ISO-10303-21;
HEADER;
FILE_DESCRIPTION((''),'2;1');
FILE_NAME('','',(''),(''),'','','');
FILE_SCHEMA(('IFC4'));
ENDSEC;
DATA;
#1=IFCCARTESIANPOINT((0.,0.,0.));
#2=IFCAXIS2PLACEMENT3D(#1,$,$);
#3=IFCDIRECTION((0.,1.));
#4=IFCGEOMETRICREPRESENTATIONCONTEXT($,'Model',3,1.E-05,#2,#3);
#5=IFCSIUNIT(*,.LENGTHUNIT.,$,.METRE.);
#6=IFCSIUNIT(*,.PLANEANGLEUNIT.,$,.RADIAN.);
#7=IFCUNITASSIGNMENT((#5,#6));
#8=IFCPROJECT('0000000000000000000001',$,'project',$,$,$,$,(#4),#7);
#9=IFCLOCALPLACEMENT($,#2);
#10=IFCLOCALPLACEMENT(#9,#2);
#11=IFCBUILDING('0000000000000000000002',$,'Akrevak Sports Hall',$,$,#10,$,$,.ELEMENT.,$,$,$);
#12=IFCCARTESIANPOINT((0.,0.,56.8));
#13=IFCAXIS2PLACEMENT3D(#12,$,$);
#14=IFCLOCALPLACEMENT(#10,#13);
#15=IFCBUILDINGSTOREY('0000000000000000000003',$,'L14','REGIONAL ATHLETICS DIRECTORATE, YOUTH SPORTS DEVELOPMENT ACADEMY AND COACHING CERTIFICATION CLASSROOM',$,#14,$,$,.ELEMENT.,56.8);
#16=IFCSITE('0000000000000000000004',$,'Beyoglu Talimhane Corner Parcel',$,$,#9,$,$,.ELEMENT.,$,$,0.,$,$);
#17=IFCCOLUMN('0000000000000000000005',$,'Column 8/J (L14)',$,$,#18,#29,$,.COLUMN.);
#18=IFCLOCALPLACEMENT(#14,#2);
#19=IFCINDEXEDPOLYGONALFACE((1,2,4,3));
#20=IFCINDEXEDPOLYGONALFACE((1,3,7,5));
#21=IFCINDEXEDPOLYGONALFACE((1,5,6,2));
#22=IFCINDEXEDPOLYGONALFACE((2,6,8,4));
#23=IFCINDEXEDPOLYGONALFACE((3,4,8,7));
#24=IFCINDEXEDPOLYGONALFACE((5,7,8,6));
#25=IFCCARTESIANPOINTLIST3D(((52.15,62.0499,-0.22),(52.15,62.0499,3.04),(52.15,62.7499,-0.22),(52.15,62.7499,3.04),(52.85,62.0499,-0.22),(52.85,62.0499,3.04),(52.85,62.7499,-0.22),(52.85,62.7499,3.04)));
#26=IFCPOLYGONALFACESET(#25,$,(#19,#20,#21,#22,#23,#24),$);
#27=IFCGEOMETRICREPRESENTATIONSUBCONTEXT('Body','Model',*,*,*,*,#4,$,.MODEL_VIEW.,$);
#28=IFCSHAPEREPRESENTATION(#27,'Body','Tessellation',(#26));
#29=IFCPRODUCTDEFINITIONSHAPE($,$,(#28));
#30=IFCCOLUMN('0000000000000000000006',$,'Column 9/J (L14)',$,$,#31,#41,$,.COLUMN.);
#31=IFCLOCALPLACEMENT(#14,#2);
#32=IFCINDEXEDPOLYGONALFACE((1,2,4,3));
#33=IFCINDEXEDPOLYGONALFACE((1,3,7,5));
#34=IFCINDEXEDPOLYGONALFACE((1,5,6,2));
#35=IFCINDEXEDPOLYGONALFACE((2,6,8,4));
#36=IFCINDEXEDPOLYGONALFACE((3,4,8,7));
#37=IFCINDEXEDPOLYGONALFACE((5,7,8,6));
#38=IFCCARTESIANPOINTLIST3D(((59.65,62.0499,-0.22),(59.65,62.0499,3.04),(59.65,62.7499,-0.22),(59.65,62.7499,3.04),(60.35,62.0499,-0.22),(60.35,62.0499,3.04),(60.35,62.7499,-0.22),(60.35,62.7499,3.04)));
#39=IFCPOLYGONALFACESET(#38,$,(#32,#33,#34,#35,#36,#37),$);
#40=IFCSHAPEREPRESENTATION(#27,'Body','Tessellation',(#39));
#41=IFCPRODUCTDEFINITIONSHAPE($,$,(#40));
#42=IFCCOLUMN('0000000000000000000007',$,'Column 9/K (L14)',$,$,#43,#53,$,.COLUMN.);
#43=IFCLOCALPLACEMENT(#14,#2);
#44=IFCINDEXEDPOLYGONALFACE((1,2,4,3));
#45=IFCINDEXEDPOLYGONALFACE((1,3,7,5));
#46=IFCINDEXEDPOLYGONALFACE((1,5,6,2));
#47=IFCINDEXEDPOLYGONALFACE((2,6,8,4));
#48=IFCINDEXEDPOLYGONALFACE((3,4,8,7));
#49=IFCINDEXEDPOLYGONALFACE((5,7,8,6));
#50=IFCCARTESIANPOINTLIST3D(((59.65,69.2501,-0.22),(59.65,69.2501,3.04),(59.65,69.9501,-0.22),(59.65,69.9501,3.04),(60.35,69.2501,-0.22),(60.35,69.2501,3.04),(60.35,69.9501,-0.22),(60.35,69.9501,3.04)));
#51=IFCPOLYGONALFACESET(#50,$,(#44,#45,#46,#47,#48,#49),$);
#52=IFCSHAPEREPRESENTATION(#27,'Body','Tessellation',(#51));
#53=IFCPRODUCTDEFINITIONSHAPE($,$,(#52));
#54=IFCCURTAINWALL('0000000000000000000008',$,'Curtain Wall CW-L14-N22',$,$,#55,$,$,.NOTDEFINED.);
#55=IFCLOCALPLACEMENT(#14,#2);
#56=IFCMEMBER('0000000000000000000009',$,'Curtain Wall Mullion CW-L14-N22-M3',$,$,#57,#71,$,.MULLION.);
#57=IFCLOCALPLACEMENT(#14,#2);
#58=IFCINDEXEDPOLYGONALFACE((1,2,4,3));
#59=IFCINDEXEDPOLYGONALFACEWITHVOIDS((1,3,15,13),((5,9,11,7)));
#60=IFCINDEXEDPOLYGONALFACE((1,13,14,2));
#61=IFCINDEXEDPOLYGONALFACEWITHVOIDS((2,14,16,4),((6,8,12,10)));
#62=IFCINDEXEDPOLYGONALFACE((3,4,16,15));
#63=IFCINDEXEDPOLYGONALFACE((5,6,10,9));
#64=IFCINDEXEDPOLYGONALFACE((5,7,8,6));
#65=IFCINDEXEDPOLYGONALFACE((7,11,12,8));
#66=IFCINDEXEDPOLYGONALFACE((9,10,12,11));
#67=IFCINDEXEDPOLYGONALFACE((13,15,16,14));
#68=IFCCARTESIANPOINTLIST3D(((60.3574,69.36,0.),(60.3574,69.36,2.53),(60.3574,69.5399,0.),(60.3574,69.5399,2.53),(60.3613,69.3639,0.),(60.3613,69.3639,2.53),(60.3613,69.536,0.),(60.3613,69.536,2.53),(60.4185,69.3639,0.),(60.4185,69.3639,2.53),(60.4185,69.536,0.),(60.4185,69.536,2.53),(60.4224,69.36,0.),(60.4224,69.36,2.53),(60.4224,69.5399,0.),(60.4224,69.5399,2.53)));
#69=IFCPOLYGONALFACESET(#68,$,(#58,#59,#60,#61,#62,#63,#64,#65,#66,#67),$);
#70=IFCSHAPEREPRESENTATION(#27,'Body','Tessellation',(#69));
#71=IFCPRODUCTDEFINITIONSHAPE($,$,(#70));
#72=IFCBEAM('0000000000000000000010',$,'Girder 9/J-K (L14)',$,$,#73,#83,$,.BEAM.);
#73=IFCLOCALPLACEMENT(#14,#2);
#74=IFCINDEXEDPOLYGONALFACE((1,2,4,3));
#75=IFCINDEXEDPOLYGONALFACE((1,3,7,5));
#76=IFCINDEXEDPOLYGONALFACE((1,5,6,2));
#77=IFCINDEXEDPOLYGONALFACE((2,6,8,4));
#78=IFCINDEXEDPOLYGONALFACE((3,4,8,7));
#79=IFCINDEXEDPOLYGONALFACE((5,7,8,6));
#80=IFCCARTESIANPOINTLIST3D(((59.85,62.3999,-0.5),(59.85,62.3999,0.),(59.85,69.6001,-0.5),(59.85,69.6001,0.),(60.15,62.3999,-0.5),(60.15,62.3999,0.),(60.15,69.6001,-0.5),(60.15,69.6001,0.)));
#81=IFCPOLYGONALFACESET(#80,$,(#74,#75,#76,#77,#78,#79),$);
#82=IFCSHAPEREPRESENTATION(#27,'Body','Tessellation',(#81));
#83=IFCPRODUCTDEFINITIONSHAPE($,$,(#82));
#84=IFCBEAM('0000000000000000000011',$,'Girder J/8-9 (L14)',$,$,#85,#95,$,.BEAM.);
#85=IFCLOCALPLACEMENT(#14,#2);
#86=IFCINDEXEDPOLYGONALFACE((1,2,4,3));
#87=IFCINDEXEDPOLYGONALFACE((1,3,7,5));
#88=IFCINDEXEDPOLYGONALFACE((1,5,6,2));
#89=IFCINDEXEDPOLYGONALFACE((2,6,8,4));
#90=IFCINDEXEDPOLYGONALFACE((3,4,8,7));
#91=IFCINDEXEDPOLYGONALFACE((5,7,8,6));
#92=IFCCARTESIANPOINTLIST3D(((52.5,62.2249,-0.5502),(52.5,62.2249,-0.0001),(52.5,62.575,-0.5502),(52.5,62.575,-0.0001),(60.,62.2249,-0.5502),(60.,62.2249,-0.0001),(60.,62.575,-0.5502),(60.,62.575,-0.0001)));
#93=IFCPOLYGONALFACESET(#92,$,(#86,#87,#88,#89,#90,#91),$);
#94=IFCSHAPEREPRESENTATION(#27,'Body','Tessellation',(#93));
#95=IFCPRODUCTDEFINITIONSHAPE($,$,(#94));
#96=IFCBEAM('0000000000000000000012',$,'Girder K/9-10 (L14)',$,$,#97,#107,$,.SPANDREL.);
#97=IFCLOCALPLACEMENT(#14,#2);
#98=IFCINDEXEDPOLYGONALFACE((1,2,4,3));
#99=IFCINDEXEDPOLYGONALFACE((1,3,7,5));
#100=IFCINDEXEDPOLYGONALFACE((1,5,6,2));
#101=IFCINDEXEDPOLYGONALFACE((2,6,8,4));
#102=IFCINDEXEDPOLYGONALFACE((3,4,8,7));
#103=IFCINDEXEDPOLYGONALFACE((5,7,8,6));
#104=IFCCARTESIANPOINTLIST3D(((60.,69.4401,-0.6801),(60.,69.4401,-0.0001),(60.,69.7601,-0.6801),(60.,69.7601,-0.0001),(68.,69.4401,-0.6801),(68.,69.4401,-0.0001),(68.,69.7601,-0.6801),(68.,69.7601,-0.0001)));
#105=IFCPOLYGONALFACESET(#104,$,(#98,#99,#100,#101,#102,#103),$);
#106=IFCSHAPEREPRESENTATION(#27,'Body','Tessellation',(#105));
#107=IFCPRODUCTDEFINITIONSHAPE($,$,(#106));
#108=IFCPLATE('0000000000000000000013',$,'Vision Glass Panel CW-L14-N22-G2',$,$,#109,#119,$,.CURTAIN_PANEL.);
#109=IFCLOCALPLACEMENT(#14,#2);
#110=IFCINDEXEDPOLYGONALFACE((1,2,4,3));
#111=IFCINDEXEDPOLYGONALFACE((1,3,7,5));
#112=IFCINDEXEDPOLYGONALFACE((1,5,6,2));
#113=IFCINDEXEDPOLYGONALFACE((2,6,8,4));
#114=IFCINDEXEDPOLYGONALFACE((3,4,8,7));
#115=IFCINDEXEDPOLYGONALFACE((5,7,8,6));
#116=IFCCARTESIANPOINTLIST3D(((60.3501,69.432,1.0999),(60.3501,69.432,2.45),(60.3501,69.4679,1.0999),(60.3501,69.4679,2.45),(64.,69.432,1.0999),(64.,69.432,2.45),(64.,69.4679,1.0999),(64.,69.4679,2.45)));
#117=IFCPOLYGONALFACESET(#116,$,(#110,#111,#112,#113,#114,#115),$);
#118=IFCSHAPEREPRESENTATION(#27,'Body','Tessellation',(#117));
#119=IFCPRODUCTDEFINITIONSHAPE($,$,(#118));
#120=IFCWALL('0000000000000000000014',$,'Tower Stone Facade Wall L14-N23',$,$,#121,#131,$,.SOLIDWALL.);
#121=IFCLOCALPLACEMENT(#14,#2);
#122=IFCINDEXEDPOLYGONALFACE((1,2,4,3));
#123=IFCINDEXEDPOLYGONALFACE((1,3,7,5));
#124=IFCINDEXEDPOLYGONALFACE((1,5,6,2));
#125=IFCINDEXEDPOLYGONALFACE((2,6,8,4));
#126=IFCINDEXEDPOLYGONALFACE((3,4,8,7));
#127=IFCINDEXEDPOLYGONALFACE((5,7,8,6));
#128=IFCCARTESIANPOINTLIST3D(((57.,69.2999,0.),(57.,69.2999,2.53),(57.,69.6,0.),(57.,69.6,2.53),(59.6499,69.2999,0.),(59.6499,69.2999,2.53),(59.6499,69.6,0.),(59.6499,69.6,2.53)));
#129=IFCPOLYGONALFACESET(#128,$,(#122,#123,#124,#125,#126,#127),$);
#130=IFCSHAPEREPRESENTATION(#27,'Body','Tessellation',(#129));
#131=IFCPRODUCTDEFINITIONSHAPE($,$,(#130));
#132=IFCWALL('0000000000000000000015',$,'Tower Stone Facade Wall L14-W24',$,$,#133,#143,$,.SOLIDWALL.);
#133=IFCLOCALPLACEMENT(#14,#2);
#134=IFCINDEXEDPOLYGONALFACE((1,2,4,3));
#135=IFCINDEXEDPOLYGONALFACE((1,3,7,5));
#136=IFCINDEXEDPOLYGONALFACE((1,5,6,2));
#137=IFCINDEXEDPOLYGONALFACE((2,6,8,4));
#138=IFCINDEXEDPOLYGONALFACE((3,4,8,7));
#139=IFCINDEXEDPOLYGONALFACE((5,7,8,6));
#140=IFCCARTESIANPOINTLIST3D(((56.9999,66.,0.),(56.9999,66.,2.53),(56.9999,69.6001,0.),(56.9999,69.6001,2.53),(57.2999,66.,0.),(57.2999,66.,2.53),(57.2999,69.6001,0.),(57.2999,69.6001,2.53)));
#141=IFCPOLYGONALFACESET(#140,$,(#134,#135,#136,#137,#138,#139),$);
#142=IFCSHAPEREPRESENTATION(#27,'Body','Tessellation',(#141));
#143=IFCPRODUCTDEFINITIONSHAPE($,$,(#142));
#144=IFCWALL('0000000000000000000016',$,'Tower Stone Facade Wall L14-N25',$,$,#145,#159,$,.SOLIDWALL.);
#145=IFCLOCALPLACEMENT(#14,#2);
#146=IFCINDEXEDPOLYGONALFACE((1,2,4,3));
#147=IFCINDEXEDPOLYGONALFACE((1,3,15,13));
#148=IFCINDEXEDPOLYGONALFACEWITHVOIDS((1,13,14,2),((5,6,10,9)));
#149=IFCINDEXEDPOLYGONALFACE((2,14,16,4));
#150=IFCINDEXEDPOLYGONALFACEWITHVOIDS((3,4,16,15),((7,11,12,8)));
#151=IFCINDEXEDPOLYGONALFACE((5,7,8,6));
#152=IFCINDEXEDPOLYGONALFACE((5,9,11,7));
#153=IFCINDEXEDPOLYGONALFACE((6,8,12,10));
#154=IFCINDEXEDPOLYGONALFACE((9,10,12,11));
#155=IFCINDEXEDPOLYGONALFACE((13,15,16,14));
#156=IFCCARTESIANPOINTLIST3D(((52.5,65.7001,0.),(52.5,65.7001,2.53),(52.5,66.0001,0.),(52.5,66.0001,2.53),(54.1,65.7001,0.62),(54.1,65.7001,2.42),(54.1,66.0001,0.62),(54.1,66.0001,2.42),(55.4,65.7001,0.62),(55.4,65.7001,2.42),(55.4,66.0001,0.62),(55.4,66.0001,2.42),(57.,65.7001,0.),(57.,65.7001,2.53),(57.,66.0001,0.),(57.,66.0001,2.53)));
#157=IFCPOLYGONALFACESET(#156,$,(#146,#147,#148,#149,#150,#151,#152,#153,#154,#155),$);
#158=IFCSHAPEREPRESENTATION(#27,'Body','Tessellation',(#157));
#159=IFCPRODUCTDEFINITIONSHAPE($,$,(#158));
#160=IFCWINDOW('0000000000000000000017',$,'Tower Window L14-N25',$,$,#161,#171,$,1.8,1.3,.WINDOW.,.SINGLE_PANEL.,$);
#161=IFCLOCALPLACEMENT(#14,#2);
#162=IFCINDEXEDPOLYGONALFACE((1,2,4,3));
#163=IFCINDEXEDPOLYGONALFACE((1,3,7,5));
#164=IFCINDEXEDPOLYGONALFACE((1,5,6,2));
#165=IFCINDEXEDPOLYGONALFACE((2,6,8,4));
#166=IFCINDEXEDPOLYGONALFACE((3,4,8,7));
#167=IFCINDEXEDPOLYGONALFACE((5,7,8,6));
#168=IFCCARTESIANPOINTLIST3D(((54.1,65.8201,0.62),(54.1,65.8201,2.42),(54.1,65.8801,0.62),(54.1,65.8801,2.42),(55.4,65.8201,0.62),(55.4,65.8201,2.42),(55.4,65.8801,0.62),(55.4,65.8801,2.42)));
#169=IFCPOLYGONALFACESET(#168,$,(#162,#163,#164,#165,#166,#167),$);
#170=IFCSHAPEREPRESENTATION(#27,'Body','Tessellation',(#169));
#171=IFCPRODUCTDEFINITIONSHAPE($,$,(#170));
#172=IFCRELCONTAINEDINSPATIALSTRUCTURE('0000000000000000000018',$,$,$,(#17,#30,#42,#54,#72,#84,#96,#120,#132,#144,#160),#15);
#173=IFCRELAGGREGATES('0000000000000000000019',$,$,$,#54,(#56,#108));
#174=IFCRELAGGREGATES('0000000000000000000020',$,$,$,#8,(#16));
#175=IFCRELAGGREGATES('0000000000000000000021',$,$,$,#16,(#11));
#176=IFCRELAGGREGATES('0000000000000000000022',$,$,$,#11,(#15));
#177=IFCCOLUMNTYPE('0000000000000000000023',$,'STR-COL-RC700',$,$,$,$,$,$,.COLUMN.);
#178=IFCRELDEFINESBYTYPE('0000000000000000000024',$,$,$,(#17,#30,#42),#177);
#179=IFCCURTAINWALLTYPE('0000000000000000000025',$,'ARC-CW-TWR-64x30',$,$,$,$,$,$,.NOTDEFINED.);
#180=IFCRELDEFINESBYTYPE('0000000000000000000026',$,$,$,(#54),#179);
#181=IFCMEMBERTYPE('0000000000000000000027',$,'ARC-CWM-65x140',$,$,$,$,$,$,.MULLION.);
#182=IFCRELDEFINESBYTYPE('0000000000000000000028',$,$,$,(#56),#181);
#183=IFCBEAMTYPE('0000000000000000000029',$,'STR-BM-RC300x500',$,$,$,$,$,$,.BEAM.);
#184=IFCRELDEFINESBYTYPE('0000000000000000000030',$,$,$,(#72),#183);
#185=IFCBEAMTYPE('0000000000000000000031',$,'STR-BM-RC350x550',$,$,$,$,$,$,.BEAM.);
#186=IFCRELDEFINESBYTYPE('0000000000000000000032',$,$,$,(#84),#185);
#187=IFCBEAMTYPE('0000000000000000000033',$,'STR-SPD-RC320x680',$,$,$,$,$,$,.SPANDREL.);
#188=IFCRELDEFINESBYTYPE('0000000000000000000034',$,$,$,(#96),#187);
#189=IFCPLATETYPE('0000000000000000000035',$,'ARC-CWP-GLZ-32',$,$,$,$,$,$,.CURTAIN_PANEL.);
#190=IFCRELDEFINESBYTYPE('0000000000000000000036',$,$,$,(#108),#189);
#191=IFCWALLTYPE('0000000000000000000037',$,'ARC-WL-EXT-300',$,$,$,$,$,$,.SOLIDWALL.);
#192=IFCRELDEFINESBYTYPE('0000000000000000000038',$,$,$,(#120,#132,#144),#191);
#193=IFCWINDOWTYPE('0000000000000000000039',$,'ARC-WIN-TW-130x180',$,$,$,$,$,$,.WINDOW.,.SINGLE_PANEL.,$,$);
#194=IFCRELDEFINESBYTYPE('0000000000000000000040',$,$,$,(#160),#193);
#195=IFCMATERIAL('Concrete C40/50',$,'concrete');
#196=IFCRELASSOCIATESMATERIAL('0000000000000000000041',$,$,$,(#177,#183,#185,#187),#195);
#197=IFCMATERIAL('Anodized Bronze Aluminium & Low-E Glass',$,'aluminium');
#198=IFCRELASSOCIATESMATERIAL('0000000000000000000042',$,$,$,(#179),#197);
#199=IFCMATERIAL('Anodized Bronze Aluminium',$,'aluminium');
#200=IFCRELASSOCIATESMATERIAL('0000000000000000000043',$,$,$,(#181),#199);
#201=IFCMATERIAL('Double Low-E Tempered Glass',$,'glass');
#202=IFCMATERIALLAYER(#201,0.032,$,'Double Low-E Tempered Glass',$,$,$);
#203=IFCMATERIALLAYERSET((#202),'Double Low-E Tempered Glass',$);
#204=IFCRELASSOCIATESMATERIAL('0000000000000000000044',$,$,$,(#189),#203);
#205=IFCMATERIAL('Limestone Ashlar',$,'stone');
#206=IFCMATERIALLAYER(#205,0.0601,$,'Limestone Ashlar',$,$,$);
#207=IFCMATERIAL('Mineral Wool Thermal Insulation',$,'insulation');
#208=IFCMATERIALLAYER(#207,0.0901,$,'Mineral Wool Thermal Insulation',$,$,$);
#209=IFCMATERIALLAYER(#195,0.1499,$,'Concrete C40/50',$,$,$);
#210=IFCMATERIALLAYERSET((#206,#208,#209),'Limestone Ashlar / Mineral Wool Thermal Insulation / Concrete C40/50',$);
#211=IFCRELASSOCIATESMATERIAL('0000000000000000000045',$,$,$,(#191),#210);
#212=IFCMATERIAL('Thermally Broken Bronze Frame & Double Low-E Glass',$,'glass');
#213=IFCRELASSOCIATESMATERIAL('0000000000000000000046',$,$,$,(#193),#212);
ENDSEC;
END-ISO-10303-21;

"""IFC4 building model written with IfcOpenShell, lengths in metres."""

from ifc_helpers import new_model, si_unit, direction, frame, frame_2d, origin, origin_2d, place, context, subcontext, project, spatial, rectangle, hollow_rectangle, extrude, material, layer, layer_set, material_profile, profile_set, type_object, element, fill, aggregate, save


model = new_model("IFC4")

# Units and contexts
model_context = context("Model", 3, precision=1e-05, world=origin(), true_north=direction((0.0, 1.0)))
body_context = subcontext(model_context, "Body", "Model", "MODEL_VIEW")
ifc_project = project(units=[si_unit("LENGTHUNIT", "METRE"), si_unit("PLANEANGLEUNIT", "RADIAN")], contexts=[model_context])

# Site, building, storey
site_placement = place(None, origin())
site = spatial("IfcSite", under=ifc_project, at=site_placement, Name="Beyoglu Talimhane Corner Parcel", CompositionType="ELEMENT", RefElevation=0.0)
building_placement = place(site_placement, origin())
building = spatial("IfcBuilding", under=site, at=building_placement, Name="Akrevak Sports Hall", CompositionType="ELEMENT")
storey_placement = place(building_placement, frame((0.0, 0.0, 56.8)))
storey = spatial("IfcBuildingStorey", under=building, at=storey_placement, Name="L14", Description="REGIONAL ATHLETICS DIRECTORATE, YOUTH SPORTS DEVELOPMENT ACADEMY AND COACHING CERTIFICATION CLASSROOM", CompositionType="ELEMENT", Elevation=56.8)

# Columns
ifc_material_1 = material(Name="Concrete C40/50", Category="concrete")
ifc_material_profile_1 = material_profile(ifc_material_1, rectangle(XDim=0.7, YDim=0.7, at=origin_2d()), Name="RC 700x700", Category="concrete")
ifc_profile_set_1 = profile_set([ifc_material_profile_1], Name="Concrete C40/50")
column_type = type_object("IfcColumnType", Name="STR-COL-RC700", PredefinedType="COLUMN", material=ifc_profile_set_1)
for number, where, z_axis, x_axis, name in (
    (1, (52.5, 62.3999, -0.22), (0.0, 0.0, 1.0), (1.0, 0.0, 0.0), "Column 8/J (L14)"),
    (2, (60.0, 62.3999, -0.22), (0.0, 0.0, 1.0), (1.0, 0.0, 0.0), "Column 9/J (L14)"),
    (3, (60.0, 69.6001, -0.22), (0.0, 0.0, 1.0), (1.0, 0.0, 0.0), "Column 9/K (L14)"),
):
    element("IfcColumn", number, at=place(storey_placement, frame(where, z_axis=z_axis, x_axis=x_axis)), inside=storey, type_object=column_type, Name=name, PredefinedType="COLUMN", context=body_context, shape_type="SweptSolid", body=[
        extrude(rectangle(XDim=0.7, YDim=0.7, at=origin_2d()), origin(), (0.0, 0.0, 1.0), 3.26),
    ])

# Curtain wall, member
ifc_material_2 = material(Name="Anodized Bronze Aluminium & Low-E Glass", Category="aluminium")
curtain_wall_type = type_object("IfcCurtainWallType", Name="ARC-CW-TWR-64x30", PredefinedType="NOTDEFINED", material=ifc_material_2)
curtain_wall_placement = place(storey_placement, origin())
curtain_wall = element("IfcCurtainWall", 4, at=curtain_wall_placement, inside=storey, type_object=curtain_wall_type, Name="Curtain Wall CW-L14-N22", PredefinedType="NOTDEFINED")
ifc_material_3 = material(Name="Anodized Bronze Aluminium", Category="aluminium")
ifc_material_profile_2 = material_profile(ifc_material_3, hollow_rectangle(XDim=0.0649, YDim=0.1799, WallThickness=0.0039, at=origin_2d()), Name="CWM 65x180", Category="aluminium")
ifc_profile_set_2 = profile_set([ifc_material_profile_2], Name="Anodized Bronze Aluminium")
member_type = type_object("IfcMemberType", Name="ARC-CWM-65x140", PredefinedType="MULLION", material=ifc_profile_set_2)
member_placement = place(storey_placement, frame((60.3899, 69.45, 0.0), z_axis=(0.0, 0.0, 1.0), x_axis=(-1.0, 0.0, 0.0)))
member = element("IfcMember", 5, at=member_placement, type_object=member_type, Name="Curtain Wall Mullion CW-L14-N22-M3", PredefinedType="MULLION", context=body_context, shape_type="SweptSolid", body=[
    extrude(hollow_rectangle(XDim=0.0649, YDim=0.1799, WallThickness=0.0039, at=origin_2d()), origin(), (0.0, 0.0, 1.0), 2.53),
])

# Beams
ifc_material_profile_3 = material_profile(ifc_material_1, rectangle(XDim=0.3, YDim=0.5, at=origin_2d()), Name="BM 300x500", Category="concrete")
ifc_profile_set_3 = profile_set([ifc_material_profile_3], Name="Concrete C40/50")
beam_type_1 = type_object("IfcBeamType", Name="STR-BM-RC300x500", PredefinedType="BEAM", material=ifc_profile_set_3)
beam_1_placement = place(storey_placement, frame((60.0, 62.3999, -0.25), z_axis=(0.0, 1.0, 0.0), x_axis=(-1.0, 0.0, 0.0)))
element("IfcBeam", 6, at=beam_1_placement, inside=storey, type_object=beam_type_1, Name="Girder 9/J-K (L14)", PredefinedType="BEAM", context=body_context, shape_type="SweptSolid", body=[
    extrude(rectangle(XDim=0.3, YDim=0.5, at=origin_2d()), origin(), (0.0, 0.0, 1.0), 7.2002),
])
ifc_material_profile_4 = material_profile(ifc_material_1, rectangle(XDim=0.3501, YDim=0.55, at=origin_2d()), Name="BM 350x550", Category="concrete")
ifc_profile_set_4 = profile_set([ifc_material_profile_4], Name="Concrete C40/50")
beam_type_2 = type_object("IfcBeamType", Name="STR-BM-RC350x550", PredefinedType="BEAM", material=ifc_profile_set_4)
beam_2_placement = place(storey_placement, frame((52.5, 62.3999, -0.2751), z_axis=(1.0, 0.0, 0.0), x_axis=(0.0, 1.0, 0.0)))
element("IfcBeam", 7, at=beam_2_placement, inside=storey, type_object=beam_type_2, Name="Girder J/8-9 (L14)", PredefinedType="BEAM", context=body_context, shape_type="SweptSolid", body=[
    extrude(rectangle(XDim=0.3501, YDim=0.55, at=origin_2d()), origin(), (0.0, 0.0, 1.0), 7.5),
])
ifc_material_profile_5 = material_profile(ifc_material_1, rectangle(XDim=0.3201, YDim=0.6799, at=origin_2d()), Name="SPD 320x680", Category="concrete")
ifc_profile_set_5 = profile_set([ifc_material_profile_5], Name="Concrete C40/50")
beam_type_3 = type_object("IfcBeamType", Name="STR-SPD-RC320x680", PredefinedType="SPANDREL", material=ifc_profile_set_5)
beam_3_placement = place(storey_placement, frame((60.0, 69.6001, -0.3401), z_axis=(1.0, 0.0, 0.0), x_axis=(0.0, 1.0, 0.0)))
element("IfcBeam", 8, at=beam_3_placement, inside=storey, type_object=beam_type_3, Name="Girder K/9-10 (L14)", PredefinedType="SPANDREL", context=body_context, shape_type="SweptSolid", body=[
    extrude(rectangle(XDim=0.3201, YDim=0.6799, at=origin_2d()), origin(), (0.0, 0.0, 1.0), 8.0),
])

# Plate
ifc_material_4 = material(Name="Double Low-E Tempered Glass", Category="glass")
ifc_layer_1 = layer(ifc_material_4, 0.032, Name="Double Low-E Tempered Glass")
ifc_layer_set_1 = layer_set([ifc_layer_1], Name="Double Low-E Tempered Glass")
plate_type = type_object("IfcPlateType", Name="ARC-CWP-GLZ-32", PredefinedType="CURTAIN_PANEL", material=ifc_layer_set_1)
plate_placement = place(storey_placement, frame((62.175, 69.45, 1.0999), z_axis=(0.0, 0.0, 1.0), x_axis=(-1.0, 0.0, 0.0)))
plate = element("IfcPlate", 9, at=plate_placement, type_object=plate_type, Name="Vision Glass Panel CW-L14-N22-G2", PredefinedType="CURTAIN_PANEL", context=body_context, shape_type="SweptSolid", body=[
    extrude(rectangle(XDim=3.6499, YDim=0.0359, at=origin_2d()), origin(), (0.0, 0.0, 1.0), 1.3501),
])
aggregate(curtain_wall, [member, plate])

# Walls
ifc_material_5 = material(Name="Limestone Ashlar", Category="stone")
ifc_layer_2 = layer(ifc_material_5, 0.0601, Name="Limestone Ashlar")
ifc_material_6 = material(Name="Mineral Wool Thermal Insulation", Category="insulation")
ifc_layer_3 = layer(ifc_material_6, 0.0901, Name="Mineral Wool Thermal Insulation")
ifc_layer_4 = layer(ifc_material_1, 0.1499, Name="Concrete C40/50")
ifc_layer_set_2 = layer_set([ifc_layer_2, ifc_layer_3, ifc_layer_4], Name="Limestone Ashlar / Mineral Wool Thermal Insulation / Concrete C40/50")
wall_type_1 = type_object("IfcWallType", Name="ARC-WL-EXT-300", PredefinedType="SOLIDWALL", material=ifc_layer_set_2)
wall_1_placement = place(storey_placement, frame((59.6499, 69.45, 0.0), z_axis=(0.0, 0.0, 1.0), x_axis=(-1.0, 0.0, 0.0)))
element("IfcWall", 10, at=wall_1_placement, inside=storey, type_object=wall_type_1, Name="Tower Stone Facade Wall L14-N23", PredefinedType="SOLIDWALL", context=body_context, shape_type="SweptSolid", body=[
    extrude(rectangle(XDim=2.6499, YDim=0.3, at=frame_2d((1.325, 0.0))), origin(), (0.0, 0.0, 1.0), 2.53),
])
wall_2_placement = place(storey_placement, frame((57.1499, 69.6001, 0.0), z_axis=(0.0, 0.0, 1.0), x_axis=(0.0, -1.0, 0.0)))
element("IfcWall", 11, at=wall_2_placement, inside=storey, type_object=wall_type_1, Name="Tower Stone Facade Wall L14-W24", PredefinedType="SOLIDWALL", context=body_context, shape_type="SweptSolid", body=[
    extrude(rectangle(XDim=3.6001, YDim=0.3, at=frame_2d((1.8, 0.0))), origin(), (0.0, 0.0, 1.0), 2.53),
])

# Wall, opening, window
wall_3_placement = place(storey_placement, frame((57.0, 65.8501, 0.0), z_axis=(0.0, 0.0, 1.0), x_axis=(-1.0, 0.0, 0.0)))
wall_3 = element("IfcWall", 12, at=wall_3_placement, inside=storey, type_object=wall_type_1, Name="Tower Stone Facade Wall L14-N25", PredefinedType="SOLIDWALL", context=body_context, shape_type="SweptSolid", body=[
    extrude(rectangle(XDim=4.5, YDim=0.3, at=frame_2d((2.25, 0.0))), origin(), (0.0, 0.0, 1.0), 2.53),
])
opening_1_placement = place(wall_3_placement, frame((1.6001, 0.0, 0.6201)))
opening_1 = element("IfcOpeningElement", 13, at=opening_1_placement, cuts=wall_3, PredefinedType="OPENING", context=body_context, shape_type="SweptSolid", body=[
    extrude(rectangle(XDim=1.3, YDim=1.8, at=frame_2d((0.6499, 0.8999))), frame((0.0, 0.1621, 0.0), z_axis=(0.0, -1.0, 0.0), x_axis=(1.0, 0.0, 0.0)), (0.0, 0.0, 1.0), 0.324),
])
ifc_material_7 = material(Name="Thermally Broken Bronze Frame & Double Low-E Glass", Category="glass")
window_type_1 = type_object("IfcWindowType", Name="ARC-WIN-TW-130x180", PartitioningType="SINGLE_PANEL", PredefinedType="WINDOW", material=ifc_material_7)
window_1_placement = place(opening_1_placement, origin())
window_1 = element("IfcWindow", 14, at=window_1_placement, inside=storey, type_object=window_type_1, Name="Tower Window L14-N25", OverallHeight=1.8, OverallWidth=1.3, PartitioningType="SINGLE_PANEL", PredefinedType="WINDOW", context=body_context, shape_type="SweptSolid", body=[
    extrude(rectangle(XDim=1.3, YDim=1.8, at=frame_2d((0.6499, 0.8999))), frame((0.0, 0.03, 0.0), z_axis=(0.0, -1.0, 0.0), x_axis=(1.0, 0.0, 0.0)), (0.0, 0.0, 1.0), 0.0601),
])
fill(opening_1, window_1)

save(model, "model.ifc")
